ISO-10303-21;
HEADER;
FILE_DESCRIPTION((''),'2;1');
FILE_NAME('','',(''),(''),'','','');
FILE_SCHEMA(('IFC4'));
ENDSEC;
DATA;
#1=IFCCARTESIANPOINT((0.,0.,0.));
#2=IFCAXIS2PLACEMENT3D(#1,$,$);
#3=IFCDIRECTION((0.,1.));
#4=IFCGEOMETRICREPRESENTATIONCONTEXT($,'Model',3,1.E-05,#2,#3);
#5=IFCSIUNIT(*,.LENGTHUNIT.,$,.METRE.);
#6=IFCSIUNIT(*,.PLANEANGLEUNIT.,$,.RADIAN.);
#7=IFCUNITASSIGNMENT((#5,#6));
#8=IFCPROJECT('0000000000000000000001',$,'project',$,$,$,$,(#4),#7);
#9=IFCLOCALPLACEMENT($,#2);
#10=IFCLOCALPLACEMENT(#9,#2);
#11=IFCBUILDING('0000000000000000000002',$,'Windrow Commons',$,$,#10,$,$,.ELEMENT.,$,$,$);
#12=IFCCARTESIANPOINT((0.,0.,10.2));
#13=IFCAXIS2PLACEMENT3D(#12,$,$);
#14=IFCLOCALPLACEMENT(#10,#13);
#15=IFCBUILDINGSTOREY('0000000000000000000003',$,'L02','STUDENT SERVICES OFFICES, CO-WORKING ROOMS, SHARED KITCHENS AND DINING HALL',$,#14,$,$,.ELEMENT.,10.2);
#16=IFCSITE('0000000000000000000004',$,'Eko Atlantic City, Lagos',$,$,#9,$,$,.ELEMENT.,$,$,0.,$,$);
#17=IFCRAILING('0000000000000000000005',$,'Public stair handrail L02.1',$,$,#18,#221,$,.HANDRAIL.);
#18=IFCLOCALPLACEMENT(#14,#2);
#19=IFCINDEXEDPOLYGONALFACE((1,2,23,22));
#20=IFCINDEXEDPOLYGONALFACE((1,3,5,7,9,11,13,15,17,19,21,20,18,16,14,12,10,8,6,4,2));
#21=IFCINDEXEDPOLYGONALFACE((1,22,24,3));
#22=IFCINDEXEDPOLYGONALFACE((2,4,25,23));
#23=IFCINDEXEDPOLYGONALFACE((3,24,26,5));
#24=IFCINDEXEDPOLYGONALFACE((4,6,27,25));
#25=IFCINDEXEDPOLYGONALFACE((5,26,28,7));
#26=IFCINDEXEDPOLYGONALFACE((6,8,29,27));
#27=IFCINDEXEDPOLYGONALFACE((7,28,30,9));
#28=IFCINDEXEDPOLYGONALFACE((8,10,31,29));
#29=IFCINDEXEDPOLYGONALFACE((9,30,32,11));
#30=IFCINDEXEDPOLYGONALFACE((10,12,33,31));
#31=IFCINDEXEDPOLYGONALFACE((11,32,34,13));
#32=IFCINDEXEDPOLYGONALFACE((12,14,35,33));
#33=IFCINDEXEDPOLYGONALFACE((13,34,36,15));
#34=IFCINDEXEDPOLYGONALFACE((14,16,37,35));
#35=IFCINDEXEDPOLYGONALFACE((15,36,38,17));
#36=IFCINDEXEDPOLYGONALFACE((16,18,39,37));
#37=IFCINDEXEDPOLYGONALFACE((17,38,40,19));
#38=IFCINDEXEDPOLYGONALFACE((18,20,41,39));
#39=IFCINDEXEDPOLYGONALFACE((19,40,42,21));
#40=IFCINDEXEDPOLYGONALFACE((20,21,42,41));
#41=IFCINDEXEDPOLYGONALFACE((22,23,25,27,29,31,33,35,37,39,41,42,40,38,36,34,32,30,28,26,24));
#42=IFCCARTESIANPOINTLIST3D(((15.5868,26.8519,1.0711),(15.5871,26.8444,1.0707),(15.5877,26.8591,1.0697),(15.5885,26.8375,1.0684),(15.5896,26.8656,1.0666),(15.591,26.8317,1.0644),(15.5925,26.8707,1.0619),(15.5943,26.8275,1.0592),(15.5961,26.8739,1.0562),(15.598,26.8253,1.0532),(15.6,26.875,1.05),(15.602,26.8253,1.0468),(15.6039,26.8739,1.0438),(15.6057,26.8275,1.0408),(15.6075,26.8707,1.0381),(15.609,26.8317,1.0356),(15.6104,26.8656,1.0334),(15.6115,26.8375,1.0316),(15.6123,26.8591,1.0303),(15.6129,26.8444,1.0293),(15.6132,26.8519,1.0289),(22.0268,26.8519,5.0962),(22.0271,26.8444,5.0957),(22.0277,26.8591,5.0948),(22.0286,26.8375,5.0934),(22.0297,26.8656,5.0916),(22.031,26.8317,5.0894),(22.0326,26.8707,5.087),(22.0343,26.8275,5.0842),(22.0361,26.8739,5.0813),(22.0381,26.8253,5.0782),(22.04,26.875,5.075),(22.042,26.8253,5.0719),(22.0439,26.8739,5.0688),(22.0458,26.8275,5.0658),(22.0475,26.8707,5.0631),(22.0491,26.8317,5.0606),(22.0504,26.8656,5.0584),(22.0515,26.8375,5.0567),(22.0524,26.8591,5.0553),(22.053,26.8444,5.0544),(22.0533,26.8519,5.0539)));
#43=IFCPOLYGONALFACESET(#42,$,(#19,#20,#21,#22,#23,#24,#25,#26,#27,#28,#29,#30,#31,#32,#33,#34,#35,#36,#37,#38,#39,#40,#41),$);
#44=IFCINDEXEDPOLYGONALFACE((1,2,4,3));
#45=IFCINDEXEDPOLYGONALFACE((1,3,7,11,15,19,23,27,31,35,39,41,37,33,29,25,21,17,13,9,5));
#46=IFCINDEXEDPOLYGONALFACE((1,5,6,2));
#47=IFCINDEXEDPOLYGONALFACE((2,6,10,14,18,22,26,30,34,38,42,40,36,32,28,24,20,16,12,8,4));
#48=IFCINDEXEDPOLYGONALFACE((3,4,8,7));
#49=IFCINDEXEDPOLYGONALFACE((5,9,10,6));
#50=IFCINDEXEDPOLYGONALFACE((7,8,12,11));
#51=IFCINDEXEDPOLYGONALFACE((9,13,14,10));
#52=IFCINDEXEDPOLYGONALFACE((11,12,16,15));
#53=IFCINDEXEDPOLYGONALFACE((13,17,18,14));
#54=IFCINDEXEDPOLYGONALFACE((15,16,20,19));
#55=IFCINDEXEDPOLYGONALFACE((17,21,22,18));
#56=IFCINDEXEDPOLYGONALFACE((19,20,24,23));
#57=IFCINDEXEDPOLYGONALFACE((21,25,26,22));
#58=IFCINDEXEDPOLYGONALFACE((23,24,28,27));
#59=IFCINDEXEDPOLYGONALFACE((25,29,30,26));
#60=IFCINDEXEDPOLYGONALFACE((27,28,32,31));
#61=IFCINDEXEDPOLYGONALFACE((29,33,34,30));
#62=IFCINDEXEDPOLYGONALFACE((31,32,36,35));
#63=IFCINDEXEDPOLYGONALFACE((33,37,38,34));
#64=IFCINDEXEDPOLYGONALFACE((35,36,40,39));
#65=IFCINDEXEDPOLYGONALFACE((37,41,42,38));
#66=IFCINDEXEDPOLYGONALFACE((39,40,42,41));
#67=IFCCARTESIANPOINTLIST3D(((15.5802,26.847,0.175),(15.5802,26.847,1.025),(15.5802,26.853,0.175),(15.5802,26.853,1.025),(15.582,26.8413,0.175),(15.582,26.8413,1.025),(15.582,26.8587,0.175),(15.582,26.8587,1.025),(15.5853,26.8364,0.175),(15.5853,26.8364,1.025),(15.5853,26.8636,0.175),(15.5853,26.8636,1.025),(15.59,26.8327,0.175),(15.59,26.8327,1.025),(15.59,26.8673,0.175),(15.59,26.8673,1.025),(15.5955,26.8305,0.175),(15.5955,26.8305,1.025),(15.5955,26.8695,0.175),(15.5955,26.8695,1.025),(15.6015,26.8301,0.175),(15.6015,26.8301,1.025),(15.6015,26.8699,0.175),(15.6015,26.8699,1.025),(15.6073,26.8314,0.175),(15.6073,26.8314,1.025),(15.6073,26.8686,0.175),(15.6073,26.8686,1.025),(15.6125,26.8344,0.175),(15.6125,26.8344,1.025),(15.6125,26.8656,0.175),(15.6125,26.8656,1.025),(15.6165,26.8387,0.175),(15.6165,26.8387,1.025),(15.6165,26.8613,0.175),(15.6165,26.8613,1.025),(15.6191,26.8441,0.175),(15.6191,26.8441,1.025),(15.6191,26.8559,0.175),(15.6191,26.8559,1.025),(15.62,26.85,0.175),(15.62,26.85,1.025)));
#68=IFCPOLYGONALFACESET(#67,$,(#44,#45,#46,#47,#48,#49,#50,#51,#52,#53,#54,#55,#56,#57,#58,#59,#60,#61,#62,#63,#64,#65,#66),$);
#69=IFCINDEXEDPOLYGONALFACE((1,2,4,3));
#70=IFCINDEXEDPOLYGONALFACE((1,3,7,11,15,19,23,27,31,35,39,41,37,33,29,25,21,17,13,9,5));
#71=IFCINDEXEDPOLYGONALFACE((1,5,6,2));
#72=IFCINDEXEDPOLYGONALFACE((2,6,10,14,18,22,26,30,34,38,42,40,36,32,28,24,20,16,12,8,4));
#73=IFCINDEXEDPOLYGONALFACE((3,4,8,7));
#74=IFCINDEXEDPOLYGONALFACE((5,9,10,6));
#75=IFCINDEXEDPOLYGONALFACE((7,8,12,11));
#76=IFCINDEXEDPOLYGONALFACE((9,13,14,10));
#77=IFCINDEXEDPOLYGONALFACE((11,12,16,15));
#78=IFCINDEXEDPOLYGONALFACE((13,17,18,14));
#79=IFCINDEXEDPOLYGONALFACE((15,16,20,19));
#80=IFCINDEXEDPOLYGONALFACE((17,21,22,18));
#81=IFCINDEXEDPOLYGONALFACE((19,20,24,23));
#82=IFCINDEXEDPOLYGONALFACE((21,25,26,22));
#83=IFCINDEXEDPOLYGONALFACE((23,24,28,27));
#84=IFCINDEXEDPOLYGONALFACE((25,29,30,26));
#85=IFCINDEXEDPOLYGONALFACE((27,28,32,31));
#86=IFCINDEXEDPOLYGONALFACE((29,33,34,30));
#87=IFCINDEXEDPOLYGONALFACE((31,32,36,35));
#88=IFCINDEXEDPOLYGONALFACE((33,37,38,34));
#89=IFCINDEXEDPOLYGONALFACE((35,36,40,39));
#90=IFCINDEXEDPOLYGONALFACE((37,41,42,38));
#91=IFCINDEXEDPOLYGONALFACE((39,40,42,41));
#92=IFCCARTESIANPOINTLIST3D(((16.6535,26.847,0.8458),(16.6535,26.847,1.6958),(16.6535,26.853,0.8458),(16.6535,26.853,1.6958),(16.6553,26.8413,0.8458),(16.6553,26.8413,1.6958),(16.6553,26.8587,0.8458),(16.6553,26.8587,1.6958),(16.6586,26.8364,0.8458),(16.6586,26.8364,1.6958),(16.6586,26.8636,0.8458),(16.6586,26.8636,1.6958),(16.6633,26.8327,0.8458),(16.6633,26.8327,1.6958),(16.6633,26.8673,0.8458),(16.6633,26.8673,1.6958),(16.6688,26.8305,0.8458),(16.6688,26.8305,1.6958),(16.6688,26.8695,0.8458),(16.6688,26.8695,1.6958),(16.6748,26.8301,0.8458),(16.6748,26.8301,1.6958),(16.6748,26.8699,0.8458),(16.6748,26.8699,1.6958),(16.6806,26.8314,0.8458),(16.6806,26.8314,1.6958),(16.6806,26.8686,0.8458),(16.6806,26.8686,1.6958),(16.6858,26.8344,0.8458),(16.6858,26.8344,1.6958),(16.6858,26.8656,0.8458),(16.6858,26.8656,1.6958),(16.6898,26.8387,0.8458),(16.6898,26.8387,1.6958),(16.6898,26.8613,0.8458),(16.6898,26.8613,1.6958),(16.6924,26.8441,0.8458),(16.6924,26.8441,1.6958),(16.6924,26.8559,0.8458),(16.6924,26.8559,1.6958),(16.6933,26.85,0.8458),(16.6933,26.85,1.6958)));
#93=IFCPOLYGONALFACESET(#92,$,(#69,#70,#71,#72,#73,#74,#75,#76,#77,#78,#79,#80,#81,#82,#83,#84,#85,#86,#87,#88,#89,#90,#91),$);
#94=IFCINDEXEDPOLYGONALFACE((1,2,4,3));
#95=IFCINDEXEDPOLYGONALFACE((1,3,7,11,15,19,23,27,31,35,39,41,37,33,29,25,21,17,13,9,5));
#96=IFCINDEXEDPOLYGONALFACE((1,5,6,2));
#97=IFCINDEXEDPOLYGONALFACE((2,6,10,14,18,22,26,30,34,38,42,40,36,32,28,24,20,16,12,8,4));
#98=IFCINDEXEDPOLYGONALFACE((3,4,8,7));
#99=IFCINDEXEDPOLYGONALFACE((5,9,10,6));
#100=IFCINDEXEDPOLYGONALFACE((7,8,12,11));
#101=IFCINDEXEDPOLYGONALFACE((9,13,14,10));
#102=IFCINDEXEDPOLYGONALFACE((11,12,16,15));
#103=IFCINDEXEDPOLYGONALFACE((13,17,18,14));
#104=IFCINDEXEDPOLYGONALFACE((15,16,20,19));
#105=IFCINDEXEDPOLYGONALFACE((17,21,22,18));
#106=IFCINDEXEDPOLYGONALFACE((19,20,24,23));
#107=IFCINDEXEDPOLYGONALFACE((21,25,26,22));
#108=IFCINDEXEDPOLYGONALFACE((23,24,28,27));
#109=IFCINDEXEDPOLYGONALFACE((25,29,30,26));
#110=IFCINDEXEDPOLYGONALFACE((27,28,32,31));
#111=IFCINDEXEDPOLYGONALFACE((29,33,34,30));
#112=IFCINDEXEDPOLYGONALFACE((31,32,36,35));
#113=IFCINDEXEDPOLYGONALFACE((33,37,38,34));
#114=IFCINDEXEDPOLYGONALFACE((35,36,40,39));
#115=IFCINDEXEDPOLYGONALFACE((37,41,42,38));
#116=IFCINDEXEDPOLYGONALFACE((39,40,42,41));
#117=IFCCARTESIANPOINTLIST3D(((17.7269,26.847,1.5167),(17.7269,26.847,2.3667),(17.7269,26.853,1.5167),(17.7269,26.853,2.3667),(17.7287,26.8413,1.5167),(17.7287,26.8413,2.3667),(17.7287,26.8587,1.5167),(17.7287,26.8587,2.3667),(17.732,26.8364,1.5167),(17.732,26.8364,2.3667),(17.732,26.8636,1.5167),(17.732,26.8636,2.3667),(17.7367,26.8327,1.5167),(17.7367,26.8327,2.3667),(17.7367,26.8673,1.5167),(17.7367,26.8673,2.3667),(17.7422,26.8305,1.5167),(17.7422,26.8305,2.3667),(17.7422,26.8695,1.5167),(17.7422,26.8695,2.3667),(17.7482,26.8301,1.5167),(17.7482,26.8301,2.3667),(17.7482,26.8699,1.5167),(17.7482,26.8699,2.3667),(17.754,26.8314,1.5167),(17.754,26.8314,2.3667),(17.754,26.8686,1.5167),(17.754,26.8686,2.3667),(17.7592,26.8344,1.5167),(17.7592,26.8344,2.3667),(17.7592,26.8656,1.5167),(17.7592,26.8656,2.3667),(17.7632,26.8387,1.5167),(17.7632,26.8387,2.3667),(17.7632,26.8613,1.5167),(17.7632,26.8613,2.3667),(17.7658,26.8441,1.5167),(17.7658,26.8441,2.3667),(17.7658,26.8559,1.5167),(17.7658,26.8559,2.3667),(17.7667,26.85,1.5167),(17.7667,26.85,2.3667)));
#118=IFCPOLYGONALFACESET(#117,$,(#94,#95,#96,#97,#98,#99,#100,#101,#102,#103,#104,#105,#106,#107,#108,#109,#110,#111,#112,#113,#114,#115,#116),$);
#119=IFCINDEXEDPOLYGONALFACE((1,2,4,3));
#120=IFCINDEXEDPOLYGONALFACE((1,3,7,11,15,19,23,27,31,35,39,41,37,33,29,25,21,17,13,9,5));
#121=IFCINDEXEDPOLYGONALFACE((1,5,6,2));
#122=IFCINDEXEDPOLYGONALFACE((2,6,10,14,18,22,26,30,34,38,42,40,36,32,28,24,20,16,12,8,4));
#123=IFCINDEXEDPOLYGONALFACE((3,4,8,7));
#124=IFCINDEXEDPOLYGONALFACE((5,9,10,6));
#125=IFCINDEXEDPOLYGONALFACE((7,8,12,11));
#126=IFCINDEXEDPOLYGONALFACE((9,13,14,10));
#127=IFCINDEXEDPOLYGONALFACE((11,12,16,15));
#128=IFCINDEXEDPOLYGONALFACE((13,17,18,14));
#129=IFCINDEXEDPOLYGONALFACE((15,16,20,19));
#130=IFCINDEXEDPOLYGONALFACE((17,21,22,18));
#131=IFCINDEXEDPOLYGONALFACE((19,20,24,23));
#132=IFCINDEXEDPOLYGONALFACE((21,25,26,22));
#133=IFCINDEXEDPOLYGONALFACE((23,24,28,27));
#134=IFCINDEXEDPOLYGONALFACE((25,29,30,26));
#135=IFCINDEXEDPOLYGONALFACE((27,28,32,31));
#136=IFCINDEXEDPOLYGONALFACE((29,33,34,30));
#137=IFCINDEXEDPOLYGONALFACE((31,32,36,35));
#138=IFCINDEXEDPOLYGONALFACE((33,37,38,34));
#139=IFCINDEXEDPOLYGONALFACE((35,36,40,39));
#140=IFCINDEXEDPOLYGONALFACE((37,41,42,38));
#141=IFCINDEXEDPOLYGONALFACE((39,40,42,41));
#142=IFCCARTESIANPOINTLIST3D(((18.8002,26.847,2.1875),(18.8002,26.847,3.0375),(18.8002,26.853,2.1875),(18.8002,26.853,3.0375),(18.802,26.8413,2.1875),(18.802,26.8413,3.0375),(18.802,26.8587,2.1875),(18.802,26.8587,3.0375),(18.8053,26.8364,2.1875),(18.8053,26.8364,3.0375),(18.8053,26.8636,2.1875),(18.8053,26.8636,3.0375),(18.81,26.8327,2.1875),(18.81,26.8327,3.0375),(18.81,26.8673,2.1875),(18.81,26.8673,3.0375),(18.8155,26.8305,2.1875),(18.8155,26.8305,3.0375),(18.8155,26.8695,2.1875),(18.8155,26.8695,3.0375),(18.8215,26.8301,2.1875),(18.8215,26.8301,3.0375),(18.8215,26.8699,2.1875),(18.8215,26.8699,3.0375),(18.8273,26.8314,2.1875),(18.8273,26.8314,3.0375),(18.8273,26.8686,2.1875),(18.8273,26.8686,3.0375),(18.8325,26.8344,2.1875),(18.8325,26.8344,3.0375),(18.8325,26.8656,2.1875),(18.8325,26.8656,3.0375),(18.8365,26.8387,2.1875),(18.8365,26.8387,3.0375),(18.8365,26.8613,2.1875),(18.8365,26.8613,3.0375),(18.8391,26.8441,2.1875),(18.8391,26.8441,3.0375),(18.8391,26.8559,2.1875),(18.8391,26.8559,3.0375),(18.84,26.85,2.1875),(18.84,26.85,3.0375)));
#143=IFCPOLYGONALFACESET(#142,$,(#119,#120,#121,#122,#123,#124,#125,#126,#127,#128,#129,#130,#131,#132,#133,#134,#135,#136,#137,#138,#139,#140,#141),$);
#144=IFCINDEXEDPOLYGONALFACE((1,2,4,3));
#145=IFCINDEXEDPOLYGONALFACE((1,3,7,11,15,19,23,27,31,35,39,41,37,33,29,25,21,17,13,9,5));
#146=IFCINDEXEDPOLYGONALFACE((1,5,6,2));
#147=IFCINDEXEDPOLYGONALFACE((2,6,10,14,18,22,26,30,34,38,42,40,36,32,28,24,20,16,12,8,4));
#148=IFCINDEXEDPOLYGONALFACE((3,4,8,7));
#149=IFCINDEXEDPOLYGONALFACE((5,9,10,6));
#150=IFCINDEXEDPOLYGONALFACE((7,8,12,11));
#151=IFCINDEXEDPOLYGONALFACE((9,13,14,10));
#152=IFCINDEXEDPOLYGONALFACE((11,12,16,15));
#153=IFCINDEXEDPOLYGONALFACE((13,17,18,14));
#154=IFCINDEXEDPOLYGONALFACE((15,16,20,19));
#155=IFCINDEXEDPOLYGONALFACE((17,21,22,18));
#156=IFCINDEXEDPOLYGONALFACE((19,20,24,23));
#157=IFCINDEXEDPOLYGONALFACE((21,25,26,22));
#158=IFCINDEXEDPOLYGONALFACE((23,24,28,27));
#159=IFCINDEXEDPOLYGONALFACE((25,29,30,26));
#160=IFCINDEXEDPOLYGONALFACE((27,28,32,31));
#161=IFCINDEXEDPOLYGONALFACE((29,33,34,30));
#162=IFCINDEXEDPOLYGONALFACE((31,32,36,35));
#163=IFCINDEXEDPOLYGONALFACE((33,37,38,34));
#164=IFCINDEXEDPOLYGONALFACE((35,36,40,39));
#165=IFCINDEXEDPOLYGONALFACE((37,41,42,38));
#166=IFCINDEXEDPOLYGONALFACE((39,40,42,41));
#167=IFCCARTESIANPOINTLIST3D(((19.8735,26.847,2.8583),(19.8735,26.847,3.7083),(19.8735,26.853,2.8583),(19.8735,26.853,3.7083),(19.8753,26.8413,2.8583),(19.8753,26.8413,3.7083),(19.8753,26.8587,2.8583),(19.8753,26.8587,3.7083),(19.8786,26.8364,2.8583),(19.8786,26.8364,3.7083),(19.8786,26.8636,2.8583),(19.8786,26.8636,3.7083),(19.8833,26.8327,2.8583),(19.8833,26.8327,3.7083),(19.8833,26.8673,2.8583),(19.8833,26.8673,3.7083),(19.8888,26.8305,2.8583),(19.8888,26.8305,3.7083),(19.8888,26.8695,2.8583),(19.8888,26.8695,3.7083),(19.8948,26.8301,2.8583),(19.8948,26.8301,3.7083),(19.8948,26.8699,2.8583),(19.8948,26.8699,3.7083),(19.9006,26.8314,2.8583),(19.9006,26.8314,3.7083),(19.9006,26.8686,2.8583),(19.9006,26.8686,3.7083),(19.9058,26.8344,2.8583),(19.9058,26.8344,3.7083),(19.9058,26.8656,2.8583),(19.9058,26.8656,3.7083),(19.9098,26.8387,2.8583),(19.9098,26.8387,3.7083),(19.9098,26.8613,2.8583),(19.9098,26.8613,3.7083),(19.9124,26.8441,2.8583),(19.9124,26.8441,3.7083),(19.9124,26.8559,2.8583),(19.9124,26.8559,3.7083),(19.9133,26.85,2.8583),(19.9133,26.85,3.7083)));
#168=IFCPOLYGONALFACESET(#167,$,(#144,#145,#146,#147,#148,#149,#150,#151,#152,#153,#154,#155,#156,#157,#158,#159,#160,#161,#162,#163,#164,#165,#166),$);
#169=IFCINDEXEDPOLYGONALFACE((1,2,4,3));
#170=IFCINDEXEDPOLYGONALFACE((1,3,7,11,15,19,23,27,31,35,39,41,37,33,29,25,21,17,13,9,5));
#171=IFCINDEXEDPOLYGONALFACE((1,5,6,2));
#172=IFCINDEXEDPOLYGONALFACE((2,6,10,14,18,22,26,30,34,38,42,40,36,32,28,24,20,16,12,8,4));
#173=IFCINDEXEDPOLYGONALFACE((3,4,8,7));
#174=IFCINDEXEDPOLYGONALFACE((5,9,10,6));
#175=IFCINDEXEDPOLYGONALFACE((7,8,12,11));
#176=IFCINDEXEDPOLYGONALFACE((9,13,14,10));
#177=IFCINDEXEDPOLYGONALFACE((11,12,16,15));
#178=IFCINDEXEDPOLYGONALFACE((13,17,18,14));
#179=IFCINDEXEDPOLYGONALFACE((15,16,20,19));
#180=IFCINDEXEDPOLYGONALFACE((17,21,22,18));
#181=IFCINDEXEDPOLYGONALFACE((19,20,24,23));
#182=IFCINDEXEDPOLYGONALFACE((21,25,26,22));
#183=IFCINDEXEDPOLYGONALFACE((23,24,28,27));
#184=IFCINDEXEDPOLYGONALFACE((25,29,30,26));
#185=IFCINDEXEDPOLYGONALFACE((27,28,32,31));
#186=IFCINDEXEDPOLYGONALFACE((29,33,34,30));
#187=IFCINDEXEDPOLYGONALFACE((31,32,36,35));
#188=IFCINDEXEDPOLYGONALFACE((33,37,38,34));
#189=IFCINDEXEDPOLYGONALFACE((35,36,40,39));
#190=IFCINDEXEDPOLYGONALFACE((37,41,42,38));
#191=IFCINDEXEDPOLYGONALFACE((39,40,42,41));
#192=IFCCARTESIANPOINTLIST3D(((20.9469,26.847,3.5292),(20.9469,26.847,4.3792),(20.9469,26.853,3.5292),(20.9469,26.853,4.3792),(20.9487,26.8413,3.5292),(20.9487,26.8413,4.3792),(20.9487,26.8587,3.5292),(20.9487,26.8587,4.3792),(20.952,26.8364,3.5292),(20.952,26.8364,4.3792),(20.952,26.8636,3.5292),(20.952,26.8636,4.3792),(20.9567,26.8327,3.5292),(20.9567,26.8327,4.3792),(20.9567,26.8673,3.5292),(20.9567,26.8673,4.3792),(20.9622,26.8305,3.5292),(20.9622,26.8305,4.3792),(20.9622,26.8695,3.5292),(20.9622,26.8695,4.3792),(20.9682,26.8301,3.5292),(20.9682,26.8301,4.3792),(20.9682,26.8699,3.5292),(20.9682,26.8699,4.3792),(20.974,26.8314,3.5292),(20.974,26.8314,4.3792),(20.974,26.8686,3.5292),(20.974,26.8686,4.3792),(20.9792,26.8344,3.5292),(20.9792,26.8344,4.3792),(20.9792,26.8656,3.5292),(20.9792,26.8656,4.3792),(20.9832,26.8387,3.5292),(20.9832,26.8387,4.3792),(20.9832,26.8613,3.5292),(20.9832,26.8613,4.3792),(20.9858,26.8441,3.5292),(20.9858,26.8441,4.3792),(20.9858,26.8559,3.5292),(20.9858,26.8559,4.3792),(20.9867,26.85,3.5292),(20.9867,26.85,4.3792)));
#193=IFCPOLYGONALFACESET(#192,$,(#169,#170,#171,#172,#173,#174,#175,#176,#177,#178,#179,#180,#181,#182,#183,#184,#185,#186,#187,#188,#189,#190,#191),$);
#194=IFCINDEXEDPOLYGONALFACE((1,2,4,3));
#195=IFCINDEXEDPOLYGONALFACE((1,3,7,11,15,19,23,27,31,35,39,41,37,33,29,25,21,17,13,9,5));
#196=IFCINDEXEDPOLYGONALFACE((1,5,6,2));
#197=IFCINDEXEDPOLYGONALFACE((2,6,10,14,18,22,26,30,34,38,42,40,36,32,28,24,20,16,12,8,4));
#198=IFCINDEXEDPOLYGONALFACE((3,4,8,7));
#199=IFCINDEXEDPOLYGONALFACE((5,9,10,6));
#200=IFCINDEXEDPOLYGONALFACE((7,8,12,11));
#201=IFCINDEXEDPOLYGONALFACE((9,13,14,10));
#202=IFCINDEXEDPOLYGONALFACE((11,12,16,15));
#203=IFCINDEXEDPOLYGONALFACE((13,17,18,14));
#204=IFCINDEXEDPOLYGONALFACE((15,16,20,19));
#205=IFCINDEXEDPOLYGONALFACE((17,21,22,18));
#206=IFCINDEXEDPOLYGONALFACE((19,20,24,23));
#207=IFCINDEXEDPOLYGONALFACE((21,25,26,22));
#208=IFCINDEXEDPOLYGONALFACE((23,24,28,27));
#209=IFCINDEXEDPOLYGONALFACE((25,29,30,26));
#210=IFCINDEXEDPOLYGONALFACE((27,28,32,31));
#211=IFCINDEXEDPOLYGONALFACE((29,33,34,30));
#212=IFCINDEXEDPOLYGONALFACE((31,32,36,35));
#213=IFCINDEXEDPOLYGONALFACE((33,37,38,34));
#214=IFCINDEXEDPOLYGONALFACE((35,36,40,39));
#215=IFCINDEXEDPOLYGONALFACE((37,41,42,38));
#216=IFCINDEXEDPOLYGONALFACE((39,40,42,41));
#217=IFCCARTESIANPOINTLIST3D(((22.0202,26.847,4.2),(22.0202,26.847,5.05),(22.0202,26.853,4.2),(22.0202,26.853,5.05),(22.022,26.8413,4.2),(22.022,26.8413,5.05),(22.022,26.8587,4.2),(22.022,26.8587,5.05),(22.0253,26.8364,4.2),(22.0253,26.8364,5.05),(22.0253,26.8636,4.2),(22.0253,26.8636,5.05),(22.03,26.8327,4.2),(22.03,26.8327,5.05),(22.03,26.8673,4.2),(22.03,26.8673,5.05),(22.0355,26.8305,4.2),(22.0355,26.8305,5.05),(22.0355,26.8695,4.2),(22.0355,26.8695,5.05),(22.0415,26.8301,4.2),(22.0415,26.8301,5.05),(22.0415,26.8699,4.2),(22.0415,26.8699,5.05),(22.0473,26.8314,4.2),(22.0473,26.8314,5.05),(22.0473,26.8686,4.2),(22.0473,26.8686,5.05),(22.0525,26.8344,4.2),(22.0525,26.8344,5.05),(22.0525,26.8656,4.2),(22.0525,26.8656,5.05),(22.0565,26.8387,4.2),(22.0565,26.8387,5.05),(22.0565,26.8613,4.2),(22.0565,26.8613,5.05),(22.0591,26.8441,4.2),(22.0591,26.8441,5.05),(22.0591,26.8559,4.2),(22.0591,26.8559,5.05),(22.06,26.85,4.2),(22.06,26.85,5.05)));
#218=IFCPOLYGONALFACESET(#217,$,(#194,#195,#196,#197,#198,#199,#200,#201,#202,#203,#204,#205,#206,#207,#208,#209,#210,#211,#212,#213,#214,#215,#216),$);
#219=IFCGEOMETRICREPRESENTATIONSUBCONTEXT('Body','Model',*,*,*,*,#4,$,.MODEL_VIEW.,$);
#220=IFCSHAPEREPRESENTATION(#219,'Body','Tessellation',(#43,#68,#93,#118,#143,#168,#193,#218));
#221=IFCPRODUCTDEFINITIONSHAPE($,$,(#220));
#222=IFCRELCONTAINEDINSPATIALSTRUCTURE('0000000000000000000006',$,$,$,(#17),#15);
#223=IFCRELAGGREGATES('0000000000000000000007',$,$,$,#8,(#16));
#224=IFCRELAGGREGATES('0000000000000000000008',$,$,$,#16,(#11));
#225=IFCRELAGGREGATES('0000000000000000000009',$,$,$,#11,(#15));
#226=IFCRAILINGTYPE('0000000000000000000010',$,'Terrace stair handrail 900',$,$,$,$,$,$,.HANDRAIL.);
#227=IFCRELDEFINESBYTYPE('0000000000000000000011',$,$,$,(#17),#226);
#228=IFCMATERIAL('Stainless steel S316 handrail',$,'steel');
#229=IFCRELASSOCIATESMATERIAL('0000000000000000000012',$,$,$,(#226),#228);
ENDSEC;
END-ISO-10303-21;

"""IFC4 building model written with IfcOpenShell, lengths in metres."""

from ifc_helpers import new_model, si_unit, direction, frame, origin, origin_2d, place, context, subcontext, project, spatial, circle, extrude, material, type_object, element, save


model = new_model("IFC4")

# Units and contexts
model_context = context("Model", 3, precision=1e-05, world=origin(), true_north=direction((0.0, 1.0)))
body_context = subcontext(model_context, "Body", "Model", "MODEL_VIEW")
ifc_project = project(units=[si_unit("LENGTHUNIT", "METRE"), si_unit("PLANEANGLEUNIT", "RADIAN")], contexts=[model_context])

# Site, building, storey
site_placement = place(None, origin())
site = spatial("IfcSite", under=ifc_project, at=site_placement, Name="Eko Atlantic City, Lagos", CompositionType="ELEMENT", RefElevation=0.0)
building_placement = place(site_placement, origin())
building = spatial("IfcBuilding", under=site, at=building_placement, Name="Windrow Commons", CompositionType="ELEMENT")
storey_placement = place(building_placement, frame((0.0, 0.0, 10.2)))
storey = spatial("IfcBuildingStorey", under=building, at=storey_placement, Name="L02", Description="STUDENT SERVICES OFFICES, CO-WORKING ROOMS, SHARED KITCHENS AND DINING HALL", CompositionType="ELEMENT", Elevation=10.2)

# Railing
ifc_material_1 = material(Name="Stainless steel S316 handrail", Category="steel")
railing_type_1 = type_object("IfcRailingType", Name="Terrace stair handrail 900", PredefinedType="HANDRAIL", material=ifc_material_1)
railing_1_placement = place(storey_placement, frame((15.6, 26.85, 0.175)))
element("IfcRailing", 1, at=railing_1_placement, inside=storey, type_object=railing_type_1, Name="Public stair handrail L02.1", PredefinedType="HANDRAIL", context=body_context, shape_type="SweptSolid", body=[
    extrude(circle(Radius=0.025, at=origin_2d()), frame((0.0, 0.0, 0.875), z_axis=(0.847998, 0.0, 0.529999), x_axis=(0.0, 1.0, 0.0)), (0.0, 0.0, 1.0), 7.5944),
    extrude(circle(Radius=0.02, at=origin_2d()), origin(), (0.0, 0.0, 1.0), 0.85),
    extrude(circle(Radius=0.02, at=origin_2d()), frame((1.0733, 0.0, 0.6708)), (0.0, 0.0, 1.0), 0.85),
    extrude(circle(Radius=0.02, at=origin_2d()), frame((2.1467, 0.0, 1.3417)), (0.0, 0.0, 1.0), 0.85),
    extrude(circle(Radius=0.02, at=origin_2d()), frame((3.22, 0.0, 2.0125)), (0.0, 0.0, 1.0), 0.85),
    extrude(circle(Radius=0.02, at=origin_2d()), frame((4.2933, 0.0, 2.6833)), (0.0, 0.0, 1.0), 0.85),
    extrude(circle(Radius=0.02, at=origin_2d()), frame((5.3667, 0.0, 3.3542)), (0.0, 0.0, 1.0), 0.85),
    extrude(circle(Radius=0.02, at=origin_2d()), frame((6.44, 0.0, 4.025)), (0.0, 0.0, 1.0), 0.85),
])

save(model, "model.ifc")
